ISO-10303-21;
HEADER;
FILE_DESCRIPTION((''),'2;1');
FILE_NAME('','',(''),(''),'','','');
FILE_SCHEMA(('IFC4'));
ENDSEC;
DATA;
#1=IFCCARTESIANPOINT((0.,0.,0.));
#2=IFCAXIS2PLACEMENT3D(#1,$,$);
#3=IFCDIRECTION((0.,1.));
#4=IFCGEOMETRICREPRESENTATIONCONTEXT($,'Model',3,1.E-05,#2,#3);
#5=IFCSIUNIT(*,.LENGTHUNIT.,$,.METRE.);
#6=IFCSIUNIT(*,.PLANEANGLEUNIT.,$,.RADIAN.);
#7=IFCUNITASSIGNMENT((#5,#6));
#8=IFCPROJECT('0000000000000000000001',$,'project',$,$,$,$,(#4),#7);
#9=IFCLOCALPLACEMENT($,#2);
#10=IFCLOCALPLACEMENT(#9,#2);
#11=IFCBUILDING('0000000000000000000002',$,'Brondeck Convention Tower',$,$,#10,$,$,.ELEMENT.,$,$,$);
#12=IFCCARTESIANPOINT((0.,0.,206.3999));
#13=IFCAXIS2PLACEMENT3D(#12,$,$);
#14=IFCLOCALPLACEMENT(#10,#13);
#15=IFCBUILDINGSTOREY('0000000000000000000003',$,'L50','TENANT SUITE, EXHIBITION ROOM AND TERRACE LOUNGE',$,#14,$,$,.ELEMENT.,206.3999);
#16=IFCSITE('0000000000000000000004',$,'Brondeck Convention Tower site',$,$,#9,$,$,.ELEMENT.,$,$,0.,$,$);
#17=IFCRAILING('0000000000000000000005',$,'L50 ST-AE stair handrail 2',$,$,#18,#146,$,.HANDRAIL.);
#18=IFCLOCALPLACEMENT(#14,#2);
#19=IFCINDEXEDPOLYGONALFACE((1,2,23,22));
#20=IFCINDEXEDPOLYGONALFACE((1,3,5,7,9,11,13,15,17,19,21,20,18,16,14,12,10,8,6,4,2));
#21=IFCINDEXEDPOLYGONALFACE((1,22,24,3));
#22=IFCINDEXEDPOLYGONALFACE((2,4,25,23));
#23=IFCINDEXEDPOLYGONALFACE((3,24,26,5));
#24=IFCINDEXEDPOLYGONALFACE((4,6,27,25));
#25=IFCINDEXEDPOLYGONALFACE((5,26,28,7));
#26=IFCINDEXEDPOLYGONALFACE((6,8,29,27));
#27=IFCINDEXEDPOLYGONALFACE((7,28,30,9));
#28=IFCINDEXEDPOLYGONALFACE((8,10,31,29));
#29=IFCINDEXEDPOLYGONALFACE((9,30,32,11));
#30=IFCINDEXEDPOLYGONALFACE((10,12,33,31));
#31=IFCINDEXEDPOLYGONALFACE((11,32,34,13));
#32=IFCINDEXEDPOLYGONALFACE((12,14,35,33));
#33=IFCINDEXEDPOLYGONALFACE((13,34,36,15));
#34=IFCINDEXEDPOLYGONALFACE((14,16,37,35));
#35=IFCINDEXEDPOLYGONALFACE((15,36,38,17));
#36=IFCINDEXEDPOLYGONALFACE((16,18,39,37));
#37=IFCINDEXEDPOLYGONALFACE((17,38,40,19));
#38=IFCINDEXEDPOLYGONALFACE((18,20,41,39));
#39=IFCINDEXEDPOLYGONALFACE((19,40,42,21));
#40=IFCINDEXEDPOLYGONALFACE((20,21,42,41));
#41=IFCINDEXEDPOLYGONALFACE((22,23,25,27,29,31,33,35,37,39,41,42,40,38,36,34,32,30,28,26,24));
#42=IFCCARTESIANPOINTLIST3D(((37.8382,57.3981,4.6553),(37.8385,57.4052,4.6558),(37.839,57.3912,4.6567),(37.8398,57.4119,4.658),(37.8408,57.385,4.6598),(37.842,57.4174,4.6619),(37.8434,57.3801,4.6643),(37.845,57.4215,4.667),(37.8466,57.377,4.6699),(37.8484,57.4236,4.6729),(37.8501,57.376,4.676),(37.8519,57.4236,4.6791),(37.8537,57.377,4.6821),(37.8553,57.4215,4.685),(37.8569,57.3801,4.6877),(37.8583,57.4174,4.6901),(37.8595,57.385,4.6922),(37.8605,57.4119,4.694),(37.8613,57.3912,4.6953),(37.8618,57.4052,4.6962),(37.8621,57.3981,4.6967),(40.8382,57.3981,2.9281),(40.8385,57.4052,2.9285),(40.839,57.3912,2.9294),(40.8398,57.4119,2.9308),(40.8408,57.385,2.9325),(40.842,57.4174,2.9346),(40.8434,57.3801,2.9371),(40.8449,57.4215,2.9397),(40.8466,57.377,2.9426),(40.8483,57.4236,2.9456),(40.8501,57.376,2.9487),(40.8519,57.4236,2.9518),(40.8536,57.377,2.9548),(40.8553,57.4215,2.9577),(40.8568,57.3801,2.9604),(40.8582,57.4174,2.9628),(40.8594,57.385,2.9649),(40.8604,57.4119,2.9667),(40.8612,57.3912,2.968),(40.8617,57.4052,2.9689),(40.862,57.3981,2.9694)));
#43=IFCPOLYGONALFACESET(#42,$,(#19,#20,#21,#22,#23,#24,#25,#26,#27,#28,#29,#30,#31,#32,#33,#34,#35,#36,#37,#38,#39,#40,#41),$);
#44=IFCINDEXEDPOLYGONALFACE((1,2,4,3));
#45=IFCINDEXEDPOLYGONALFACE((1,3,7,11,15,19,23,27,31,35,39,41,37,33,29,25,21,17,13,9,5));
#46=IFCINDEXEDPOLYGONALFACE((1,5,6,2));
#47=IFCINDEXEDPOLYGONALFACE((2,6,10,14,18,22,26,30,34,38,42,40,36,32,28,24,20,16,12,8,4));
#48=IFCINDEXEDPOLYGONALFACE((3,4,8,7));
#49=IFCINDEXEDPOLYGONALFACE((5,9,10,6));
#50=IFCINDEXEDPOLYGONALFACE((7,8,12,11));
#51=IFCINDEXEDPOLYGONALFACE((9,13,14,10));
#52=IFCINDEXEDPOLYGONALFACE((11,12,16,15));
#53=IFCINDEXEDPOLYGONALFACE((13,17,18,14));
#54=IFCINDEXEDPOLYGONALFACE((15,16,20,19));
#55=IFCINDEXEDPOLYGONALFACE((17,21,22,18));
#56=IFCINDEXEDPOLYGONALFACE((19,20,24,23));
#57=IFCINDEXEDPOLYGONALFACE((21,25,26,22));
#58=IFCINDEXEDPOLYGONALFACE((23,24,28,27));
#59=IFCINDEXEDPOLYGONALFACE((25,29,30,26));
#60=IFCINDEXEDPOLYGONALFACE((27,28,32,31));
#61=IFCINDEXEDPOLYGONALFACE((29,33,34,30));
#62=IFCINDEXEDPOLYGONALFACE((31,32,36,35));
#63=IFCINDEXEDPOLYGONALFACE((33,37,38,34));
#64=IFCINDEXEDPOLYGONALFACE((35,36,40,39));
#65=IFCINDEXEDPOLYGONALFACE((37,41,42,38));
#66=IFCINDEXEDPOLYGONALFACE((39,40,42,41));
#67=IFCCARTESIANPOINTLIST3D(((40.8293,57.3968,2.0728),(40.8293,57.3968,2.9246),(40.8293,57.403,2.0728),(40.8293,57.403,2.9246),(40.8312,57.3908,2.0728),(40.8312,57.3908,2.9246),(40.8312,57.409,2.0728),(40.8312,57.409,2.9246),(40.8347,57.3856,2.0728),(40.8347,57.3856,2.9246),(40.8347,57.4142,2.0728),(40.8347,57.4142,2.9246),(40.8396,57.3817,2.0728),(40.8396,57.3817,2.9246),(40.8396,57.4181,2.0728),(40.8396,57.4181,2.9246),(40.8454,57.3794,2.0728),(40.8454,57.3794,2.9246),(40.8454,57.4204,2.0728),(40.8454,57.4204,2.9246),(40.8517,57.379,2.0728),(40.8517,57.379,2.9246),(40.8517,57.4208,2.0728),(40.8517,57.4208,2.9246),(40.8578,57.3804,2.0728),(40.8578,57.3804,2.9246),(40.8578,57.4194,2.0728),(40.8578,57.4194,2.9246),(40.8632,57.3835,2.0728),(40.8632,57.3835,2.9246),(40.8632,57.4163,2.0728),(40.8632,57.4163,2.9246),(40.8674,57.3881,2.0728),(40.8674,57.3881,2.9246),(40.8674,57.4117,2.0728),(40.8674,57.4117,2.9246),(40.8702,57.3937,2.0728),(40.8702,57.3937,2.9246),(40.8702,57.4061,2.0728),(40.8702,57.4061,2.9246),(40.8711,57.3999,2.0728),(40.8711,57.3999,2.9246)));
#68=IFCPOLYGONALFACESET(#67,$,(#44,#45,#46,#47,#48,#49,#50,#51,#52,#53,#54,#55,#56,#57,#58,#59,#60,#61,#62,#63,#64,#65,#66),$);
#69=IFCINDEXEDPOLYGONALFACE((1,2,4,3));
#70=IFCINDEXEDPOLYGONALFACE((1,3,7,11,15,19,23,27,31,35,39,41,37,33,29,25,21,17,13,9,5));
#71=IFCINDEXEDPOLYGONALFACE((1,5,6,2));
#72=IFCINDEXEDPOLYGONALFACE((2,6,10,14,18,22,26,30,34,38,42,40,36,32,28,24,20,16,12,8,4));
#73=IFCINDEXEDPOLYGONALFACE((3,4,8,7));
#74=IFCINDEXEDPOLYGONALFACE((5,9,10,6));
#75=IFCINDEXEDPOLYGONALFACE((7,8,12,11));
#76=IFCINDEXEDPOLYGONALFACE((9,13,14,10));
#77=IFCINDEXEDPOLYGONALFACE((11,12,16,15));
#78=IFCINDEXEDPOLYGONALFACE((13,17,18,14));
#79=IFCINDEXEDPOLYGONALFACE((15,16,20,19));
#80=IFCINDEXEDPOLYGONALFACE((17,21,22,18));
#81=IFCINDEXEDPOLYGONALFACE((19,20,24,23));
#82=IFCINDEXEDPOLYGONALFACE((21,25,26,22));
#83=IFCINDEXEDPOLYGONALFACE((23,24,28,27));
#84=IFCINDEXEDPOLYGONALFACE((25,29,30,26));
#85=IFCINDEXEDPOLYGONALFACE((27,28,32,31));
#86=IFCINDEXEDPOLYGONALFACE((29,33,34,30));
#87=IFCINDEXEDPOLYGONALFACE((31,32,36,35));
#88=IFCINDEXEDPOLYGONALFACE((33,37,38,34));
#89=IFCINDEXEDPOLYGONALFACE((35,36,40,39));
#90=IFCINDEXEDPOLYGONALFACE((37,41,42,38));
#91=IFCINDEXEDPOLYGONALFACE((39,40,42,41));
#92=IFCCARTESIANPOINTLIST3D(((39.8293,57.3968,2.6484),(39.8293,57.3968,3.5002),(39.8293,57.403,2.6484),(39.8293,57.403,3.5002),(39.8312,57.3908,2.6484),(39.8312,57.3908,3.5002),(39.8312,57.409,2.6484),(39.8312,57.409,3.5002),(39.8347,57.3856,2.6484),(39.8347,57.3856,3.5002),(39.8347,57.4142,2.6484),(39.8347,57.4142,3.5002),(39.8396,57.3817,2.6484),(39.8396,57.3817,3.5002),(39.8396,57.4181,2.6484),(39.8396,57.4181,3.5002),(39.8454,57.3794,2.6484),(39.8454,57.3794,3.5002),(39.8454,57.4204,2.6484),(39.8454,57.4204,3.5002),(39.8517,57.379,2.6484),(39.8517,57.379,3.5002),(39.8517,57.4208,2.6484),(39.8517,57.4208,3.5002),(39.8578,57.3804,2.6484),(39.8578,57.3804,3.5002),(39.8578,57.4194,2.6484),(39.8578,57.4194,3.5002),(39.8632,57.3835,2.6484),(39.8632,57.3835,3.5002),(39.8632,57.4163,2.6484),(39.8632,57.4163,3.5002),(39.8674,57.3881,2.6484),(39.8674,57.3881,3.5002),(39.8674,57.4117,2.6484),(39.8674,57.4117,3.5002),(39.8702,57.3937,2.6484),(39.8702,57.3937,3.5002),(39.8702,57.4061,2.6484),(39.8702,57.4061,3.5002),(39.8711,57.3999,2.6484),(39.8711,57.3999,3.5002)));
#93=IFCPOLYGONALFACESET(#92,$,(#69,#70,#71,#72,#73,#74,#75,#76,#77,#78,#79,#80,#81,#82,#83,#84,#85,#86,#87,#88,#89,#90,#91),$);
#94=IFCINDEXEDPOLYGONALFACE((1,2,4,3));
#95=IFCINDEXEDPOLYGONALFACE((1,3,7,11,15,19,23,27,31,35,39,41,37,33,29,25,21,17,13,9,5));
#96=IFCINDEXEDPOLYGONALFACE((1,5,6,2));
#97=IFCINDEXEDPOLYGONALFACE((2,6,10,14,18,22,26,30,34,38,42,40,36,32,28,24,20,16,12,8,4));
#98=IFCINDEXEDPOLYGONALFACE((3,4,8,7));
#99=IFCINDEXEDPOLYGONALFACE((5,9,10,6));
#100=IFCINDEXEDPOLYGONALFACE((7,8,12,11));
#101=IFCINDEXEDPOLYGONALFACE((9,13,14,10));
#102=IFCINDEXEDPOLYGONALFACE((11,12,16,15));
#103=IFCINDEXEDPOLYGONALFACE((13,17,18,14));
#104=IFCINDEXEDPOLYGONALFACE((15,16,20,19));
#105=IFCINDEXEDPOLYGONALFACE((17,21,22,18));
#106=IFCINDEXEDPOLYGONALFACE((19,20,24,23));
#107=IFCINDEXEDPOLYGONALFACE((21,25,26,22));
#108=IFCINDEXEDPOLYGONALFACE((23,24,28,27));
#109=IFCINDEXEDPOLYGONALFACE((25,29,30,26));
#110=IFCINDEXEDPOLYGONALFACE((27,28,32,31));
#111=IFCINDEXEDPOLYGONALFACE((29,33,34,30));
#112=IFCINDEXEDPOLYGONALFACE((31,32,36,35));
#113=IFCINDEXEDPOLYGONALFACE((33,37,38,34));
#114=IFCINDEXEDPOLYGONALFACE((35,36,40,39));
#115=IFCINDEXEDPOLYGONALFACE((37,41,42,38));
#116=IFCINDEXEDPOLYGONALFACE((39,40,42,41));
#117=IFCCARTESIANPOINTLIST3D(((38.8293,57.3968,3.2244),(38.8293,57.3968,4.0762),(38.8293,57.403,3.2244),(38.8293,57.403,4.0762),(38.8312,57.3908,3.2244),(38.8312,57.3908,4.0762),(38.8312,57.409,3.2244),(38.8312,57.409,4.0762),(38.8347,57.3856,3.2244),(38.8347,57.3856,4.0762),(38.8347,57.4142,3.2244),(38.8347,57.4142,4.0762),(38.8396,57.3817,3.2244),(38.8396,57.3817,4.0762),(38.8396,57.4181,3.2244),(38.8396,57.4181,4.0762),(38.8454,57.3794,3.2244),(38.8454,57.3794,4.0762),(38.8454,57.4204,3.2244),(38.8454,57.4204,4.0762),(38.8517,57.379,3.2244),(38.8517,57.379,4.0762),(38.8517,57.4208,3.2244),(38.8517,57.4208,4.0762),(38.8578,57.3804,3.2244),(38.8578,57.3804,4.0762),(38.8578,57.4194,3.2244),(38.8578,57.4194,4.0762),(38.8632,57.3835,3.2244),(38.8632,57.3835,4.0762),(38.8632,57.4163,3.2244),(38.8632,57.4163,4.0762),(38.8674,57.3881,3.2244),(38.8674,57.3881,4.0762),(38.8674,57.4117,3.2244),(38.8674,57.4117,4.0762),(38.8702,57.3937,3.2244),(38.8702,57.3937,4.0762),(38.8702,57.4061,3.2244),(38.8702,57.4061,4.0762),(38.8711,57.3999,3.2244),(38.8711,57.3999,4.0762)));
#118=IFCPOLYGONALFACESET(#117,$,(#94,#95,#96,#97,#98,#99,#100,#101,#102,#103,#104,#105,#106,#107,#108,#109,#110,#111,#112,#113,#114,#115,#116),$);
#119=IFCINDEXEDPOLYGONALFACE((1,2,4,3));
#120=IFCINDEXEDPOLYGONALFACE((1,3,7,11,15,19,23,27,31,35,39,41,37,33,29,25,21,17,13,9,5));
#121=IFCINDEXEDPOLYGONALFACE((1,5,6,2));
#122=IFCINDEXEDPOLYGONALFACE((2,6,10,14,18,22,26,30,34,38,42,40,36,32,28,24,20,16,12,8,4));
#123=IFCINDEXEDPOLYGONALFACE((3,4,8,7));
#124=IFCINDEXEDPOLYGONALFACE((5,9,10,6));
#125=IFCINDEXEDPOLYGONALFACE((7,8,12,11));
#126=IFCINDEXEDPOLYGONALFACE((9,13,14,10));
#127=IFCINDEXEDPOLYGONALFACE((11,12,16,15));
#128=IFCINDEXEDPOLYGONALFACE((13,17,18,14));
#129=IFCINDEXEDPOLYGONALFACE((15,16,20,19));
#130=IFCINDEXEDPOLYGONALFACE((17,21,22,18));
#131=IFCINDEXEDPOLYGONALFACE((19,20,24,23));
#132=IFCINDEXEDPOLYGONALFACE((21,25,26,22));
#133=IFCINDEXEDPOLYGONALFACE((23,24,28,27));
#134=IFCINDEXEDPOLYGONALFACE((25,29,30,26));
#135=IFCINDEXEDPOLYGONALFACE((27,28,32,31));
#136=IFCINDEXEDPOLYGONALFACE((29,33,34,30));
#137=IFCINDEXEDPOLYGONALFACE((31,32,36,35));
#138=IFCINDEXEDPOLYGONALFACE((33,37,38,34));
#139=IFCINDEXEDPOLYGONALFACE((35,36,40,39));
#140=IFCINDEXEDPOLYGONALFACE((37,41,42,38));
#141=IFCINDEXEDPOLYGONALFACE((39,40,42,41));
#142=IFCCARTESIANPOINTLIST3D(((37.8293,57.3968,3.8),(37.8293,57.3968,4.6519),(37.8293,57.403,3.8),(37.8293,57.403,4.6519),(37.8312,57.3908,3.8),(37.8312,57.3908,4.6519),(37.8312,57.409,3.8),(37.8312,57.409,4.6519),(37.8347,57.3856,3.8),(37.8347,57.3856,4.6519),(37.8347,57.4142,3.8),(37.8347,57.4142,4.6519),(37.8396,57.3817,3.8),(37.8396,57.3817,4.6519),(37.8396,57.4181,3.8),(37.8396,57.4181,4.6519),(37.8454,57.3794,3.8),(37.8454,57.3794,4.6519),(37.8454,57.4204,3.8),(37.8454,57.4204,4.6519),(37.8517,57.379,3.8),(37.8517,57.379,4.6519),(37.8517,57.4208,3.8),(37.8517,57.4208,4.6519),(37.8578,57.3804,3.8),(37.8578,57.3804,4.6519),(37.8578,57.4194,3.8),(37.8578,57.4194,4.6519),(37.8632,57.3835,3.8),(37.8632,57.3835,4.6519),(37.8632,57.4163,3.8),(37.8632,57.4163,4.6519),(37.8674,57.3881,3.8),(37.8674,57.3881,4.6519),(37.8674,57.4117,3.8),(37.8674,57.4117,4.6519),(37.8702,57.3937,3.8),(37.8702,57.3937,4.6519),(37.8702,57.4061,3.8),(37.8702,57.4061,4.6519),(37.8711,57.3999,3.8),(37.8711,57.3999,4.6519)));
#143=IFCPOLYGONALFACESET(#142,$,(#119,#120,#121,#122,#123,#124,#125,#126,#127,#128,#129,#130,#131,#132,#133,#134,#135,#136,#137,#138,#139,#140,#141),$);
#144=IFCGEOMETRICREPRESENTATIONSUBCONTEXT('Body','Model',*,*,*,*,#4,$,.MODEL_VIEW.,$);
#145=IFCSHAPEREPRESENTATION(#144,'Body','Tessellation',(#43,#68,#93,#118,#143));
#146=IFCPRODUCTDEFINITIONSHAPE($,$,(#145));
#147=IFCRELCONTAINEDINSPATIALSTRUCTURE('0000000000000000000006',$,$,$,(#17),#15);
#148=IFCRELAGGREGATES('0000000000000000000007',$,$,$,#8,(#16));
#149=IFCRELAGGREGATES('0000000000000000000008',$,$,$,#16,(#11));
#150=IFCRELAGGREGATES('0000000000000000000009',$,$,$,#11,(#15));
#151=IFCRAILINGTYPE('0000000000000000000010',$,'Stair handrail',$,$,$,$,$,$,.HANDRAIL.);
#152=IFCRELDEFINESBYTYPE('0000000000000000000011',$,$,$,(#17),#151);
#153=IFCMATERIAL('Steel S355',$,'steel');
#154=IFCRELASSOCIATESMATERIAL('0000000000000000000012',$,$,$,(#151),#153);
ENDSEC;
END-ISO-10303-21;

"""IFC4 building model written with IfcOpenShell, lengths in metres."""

from ifc_helpers import new_model, si_unit, direction, frame, origin, origin_2d, place, context, subcontext, project, spatial, circle, extrude, material, type_object, element, save


model = new_model("IFC4")

# Units and contexts
model_context = context("Model", 3, precision=1e-05, world=origin(), true_north=direction((0.0, 1.0)))
body_context = subcontext(model_context, "Body", "Model", "MODEL_VIEW")
ifc_project = project(units=[si_unit("LENGTHUNIT", "METRE"), si_unit("PLANEANGLEUNIT", "RADIAN")], contexts=[model_context])

# Site, building, storey
site_placement = place(None, origin())
site = spatial("IfcSite", under=ifc_project, at=site_placement, Name="Brondeck Convention Tower site", CompositionType="ELEMENT", RefElevation=0.0)
building_placement = place(site_placement, origin())
building = spatial("IfcBuilding", under=site, at=building_placement, Name="Brondeck Convention Tower", CompositionType="ELEMENT")
storey_placement = place(building_placement, frame((0.0, 0.0, 206.3999)))
storey = spatial("IfcBuildingStorey", under=building, at=storey_placement, Name="L50", Description="TENANT SUITE, EXHIBITION ROOM AND TERRACE LOUNGE", CompositionType="ELEMENT", Elevation=206.3999)

# Shared definitions
ifc_material_1 = material(Name="Steel S355", Category="steel")

# Railing
railing_type_1 = type_object("IfcRailingType", Name="Stair handrail", PredefinedType="HANDRAIL", material=ifc_material_1)
railing_1_placement = place(storey_placement, frame((40.8501, 57.3999, 2.0728)))
element("IfcRailing", 1, at=railing_1_placement, inside=storey, type_object=railing_type_1, Name="L50 ST-AE stair handrail 2", PredefinedType="HANDRAIL", context=body_context, shape_type="SweptSolid", body=[
    extrude(circle(Radius=0.0239, at=origin_2d()), frame((0.0, 0.0, 0.876), z_axis=(-0.86662, 0.0, 0.498969), x_axis=(0.0, -1.0, 0.0)), (0.0, 0.0, 1.0), 3.4617),
    extrude(circle(Radius=0.021, at=origin_2d()), origin(), (0.0, 0.0, 1.0), 0.8518),
    extrude(circle(Radius=0.021, at=origin_2d()), frame((-1.0, 0.0, 0.5757)), (0.0, 0.0, 1.0), 0.8518),
    extrude(circle(Radius=0.021, at=origin_2d()), frame((-2.0, 0.0, 1.1516)), (0.0, 0.0, 1.0), 0.8518),
    extrude(circle(Radius=0.021, at=origin_2d()), frame((-3.0, 0.0, 1.7273)), (0.0, 0.0, 1.0), 0.8518),
])

save(model, "model.ifc")
